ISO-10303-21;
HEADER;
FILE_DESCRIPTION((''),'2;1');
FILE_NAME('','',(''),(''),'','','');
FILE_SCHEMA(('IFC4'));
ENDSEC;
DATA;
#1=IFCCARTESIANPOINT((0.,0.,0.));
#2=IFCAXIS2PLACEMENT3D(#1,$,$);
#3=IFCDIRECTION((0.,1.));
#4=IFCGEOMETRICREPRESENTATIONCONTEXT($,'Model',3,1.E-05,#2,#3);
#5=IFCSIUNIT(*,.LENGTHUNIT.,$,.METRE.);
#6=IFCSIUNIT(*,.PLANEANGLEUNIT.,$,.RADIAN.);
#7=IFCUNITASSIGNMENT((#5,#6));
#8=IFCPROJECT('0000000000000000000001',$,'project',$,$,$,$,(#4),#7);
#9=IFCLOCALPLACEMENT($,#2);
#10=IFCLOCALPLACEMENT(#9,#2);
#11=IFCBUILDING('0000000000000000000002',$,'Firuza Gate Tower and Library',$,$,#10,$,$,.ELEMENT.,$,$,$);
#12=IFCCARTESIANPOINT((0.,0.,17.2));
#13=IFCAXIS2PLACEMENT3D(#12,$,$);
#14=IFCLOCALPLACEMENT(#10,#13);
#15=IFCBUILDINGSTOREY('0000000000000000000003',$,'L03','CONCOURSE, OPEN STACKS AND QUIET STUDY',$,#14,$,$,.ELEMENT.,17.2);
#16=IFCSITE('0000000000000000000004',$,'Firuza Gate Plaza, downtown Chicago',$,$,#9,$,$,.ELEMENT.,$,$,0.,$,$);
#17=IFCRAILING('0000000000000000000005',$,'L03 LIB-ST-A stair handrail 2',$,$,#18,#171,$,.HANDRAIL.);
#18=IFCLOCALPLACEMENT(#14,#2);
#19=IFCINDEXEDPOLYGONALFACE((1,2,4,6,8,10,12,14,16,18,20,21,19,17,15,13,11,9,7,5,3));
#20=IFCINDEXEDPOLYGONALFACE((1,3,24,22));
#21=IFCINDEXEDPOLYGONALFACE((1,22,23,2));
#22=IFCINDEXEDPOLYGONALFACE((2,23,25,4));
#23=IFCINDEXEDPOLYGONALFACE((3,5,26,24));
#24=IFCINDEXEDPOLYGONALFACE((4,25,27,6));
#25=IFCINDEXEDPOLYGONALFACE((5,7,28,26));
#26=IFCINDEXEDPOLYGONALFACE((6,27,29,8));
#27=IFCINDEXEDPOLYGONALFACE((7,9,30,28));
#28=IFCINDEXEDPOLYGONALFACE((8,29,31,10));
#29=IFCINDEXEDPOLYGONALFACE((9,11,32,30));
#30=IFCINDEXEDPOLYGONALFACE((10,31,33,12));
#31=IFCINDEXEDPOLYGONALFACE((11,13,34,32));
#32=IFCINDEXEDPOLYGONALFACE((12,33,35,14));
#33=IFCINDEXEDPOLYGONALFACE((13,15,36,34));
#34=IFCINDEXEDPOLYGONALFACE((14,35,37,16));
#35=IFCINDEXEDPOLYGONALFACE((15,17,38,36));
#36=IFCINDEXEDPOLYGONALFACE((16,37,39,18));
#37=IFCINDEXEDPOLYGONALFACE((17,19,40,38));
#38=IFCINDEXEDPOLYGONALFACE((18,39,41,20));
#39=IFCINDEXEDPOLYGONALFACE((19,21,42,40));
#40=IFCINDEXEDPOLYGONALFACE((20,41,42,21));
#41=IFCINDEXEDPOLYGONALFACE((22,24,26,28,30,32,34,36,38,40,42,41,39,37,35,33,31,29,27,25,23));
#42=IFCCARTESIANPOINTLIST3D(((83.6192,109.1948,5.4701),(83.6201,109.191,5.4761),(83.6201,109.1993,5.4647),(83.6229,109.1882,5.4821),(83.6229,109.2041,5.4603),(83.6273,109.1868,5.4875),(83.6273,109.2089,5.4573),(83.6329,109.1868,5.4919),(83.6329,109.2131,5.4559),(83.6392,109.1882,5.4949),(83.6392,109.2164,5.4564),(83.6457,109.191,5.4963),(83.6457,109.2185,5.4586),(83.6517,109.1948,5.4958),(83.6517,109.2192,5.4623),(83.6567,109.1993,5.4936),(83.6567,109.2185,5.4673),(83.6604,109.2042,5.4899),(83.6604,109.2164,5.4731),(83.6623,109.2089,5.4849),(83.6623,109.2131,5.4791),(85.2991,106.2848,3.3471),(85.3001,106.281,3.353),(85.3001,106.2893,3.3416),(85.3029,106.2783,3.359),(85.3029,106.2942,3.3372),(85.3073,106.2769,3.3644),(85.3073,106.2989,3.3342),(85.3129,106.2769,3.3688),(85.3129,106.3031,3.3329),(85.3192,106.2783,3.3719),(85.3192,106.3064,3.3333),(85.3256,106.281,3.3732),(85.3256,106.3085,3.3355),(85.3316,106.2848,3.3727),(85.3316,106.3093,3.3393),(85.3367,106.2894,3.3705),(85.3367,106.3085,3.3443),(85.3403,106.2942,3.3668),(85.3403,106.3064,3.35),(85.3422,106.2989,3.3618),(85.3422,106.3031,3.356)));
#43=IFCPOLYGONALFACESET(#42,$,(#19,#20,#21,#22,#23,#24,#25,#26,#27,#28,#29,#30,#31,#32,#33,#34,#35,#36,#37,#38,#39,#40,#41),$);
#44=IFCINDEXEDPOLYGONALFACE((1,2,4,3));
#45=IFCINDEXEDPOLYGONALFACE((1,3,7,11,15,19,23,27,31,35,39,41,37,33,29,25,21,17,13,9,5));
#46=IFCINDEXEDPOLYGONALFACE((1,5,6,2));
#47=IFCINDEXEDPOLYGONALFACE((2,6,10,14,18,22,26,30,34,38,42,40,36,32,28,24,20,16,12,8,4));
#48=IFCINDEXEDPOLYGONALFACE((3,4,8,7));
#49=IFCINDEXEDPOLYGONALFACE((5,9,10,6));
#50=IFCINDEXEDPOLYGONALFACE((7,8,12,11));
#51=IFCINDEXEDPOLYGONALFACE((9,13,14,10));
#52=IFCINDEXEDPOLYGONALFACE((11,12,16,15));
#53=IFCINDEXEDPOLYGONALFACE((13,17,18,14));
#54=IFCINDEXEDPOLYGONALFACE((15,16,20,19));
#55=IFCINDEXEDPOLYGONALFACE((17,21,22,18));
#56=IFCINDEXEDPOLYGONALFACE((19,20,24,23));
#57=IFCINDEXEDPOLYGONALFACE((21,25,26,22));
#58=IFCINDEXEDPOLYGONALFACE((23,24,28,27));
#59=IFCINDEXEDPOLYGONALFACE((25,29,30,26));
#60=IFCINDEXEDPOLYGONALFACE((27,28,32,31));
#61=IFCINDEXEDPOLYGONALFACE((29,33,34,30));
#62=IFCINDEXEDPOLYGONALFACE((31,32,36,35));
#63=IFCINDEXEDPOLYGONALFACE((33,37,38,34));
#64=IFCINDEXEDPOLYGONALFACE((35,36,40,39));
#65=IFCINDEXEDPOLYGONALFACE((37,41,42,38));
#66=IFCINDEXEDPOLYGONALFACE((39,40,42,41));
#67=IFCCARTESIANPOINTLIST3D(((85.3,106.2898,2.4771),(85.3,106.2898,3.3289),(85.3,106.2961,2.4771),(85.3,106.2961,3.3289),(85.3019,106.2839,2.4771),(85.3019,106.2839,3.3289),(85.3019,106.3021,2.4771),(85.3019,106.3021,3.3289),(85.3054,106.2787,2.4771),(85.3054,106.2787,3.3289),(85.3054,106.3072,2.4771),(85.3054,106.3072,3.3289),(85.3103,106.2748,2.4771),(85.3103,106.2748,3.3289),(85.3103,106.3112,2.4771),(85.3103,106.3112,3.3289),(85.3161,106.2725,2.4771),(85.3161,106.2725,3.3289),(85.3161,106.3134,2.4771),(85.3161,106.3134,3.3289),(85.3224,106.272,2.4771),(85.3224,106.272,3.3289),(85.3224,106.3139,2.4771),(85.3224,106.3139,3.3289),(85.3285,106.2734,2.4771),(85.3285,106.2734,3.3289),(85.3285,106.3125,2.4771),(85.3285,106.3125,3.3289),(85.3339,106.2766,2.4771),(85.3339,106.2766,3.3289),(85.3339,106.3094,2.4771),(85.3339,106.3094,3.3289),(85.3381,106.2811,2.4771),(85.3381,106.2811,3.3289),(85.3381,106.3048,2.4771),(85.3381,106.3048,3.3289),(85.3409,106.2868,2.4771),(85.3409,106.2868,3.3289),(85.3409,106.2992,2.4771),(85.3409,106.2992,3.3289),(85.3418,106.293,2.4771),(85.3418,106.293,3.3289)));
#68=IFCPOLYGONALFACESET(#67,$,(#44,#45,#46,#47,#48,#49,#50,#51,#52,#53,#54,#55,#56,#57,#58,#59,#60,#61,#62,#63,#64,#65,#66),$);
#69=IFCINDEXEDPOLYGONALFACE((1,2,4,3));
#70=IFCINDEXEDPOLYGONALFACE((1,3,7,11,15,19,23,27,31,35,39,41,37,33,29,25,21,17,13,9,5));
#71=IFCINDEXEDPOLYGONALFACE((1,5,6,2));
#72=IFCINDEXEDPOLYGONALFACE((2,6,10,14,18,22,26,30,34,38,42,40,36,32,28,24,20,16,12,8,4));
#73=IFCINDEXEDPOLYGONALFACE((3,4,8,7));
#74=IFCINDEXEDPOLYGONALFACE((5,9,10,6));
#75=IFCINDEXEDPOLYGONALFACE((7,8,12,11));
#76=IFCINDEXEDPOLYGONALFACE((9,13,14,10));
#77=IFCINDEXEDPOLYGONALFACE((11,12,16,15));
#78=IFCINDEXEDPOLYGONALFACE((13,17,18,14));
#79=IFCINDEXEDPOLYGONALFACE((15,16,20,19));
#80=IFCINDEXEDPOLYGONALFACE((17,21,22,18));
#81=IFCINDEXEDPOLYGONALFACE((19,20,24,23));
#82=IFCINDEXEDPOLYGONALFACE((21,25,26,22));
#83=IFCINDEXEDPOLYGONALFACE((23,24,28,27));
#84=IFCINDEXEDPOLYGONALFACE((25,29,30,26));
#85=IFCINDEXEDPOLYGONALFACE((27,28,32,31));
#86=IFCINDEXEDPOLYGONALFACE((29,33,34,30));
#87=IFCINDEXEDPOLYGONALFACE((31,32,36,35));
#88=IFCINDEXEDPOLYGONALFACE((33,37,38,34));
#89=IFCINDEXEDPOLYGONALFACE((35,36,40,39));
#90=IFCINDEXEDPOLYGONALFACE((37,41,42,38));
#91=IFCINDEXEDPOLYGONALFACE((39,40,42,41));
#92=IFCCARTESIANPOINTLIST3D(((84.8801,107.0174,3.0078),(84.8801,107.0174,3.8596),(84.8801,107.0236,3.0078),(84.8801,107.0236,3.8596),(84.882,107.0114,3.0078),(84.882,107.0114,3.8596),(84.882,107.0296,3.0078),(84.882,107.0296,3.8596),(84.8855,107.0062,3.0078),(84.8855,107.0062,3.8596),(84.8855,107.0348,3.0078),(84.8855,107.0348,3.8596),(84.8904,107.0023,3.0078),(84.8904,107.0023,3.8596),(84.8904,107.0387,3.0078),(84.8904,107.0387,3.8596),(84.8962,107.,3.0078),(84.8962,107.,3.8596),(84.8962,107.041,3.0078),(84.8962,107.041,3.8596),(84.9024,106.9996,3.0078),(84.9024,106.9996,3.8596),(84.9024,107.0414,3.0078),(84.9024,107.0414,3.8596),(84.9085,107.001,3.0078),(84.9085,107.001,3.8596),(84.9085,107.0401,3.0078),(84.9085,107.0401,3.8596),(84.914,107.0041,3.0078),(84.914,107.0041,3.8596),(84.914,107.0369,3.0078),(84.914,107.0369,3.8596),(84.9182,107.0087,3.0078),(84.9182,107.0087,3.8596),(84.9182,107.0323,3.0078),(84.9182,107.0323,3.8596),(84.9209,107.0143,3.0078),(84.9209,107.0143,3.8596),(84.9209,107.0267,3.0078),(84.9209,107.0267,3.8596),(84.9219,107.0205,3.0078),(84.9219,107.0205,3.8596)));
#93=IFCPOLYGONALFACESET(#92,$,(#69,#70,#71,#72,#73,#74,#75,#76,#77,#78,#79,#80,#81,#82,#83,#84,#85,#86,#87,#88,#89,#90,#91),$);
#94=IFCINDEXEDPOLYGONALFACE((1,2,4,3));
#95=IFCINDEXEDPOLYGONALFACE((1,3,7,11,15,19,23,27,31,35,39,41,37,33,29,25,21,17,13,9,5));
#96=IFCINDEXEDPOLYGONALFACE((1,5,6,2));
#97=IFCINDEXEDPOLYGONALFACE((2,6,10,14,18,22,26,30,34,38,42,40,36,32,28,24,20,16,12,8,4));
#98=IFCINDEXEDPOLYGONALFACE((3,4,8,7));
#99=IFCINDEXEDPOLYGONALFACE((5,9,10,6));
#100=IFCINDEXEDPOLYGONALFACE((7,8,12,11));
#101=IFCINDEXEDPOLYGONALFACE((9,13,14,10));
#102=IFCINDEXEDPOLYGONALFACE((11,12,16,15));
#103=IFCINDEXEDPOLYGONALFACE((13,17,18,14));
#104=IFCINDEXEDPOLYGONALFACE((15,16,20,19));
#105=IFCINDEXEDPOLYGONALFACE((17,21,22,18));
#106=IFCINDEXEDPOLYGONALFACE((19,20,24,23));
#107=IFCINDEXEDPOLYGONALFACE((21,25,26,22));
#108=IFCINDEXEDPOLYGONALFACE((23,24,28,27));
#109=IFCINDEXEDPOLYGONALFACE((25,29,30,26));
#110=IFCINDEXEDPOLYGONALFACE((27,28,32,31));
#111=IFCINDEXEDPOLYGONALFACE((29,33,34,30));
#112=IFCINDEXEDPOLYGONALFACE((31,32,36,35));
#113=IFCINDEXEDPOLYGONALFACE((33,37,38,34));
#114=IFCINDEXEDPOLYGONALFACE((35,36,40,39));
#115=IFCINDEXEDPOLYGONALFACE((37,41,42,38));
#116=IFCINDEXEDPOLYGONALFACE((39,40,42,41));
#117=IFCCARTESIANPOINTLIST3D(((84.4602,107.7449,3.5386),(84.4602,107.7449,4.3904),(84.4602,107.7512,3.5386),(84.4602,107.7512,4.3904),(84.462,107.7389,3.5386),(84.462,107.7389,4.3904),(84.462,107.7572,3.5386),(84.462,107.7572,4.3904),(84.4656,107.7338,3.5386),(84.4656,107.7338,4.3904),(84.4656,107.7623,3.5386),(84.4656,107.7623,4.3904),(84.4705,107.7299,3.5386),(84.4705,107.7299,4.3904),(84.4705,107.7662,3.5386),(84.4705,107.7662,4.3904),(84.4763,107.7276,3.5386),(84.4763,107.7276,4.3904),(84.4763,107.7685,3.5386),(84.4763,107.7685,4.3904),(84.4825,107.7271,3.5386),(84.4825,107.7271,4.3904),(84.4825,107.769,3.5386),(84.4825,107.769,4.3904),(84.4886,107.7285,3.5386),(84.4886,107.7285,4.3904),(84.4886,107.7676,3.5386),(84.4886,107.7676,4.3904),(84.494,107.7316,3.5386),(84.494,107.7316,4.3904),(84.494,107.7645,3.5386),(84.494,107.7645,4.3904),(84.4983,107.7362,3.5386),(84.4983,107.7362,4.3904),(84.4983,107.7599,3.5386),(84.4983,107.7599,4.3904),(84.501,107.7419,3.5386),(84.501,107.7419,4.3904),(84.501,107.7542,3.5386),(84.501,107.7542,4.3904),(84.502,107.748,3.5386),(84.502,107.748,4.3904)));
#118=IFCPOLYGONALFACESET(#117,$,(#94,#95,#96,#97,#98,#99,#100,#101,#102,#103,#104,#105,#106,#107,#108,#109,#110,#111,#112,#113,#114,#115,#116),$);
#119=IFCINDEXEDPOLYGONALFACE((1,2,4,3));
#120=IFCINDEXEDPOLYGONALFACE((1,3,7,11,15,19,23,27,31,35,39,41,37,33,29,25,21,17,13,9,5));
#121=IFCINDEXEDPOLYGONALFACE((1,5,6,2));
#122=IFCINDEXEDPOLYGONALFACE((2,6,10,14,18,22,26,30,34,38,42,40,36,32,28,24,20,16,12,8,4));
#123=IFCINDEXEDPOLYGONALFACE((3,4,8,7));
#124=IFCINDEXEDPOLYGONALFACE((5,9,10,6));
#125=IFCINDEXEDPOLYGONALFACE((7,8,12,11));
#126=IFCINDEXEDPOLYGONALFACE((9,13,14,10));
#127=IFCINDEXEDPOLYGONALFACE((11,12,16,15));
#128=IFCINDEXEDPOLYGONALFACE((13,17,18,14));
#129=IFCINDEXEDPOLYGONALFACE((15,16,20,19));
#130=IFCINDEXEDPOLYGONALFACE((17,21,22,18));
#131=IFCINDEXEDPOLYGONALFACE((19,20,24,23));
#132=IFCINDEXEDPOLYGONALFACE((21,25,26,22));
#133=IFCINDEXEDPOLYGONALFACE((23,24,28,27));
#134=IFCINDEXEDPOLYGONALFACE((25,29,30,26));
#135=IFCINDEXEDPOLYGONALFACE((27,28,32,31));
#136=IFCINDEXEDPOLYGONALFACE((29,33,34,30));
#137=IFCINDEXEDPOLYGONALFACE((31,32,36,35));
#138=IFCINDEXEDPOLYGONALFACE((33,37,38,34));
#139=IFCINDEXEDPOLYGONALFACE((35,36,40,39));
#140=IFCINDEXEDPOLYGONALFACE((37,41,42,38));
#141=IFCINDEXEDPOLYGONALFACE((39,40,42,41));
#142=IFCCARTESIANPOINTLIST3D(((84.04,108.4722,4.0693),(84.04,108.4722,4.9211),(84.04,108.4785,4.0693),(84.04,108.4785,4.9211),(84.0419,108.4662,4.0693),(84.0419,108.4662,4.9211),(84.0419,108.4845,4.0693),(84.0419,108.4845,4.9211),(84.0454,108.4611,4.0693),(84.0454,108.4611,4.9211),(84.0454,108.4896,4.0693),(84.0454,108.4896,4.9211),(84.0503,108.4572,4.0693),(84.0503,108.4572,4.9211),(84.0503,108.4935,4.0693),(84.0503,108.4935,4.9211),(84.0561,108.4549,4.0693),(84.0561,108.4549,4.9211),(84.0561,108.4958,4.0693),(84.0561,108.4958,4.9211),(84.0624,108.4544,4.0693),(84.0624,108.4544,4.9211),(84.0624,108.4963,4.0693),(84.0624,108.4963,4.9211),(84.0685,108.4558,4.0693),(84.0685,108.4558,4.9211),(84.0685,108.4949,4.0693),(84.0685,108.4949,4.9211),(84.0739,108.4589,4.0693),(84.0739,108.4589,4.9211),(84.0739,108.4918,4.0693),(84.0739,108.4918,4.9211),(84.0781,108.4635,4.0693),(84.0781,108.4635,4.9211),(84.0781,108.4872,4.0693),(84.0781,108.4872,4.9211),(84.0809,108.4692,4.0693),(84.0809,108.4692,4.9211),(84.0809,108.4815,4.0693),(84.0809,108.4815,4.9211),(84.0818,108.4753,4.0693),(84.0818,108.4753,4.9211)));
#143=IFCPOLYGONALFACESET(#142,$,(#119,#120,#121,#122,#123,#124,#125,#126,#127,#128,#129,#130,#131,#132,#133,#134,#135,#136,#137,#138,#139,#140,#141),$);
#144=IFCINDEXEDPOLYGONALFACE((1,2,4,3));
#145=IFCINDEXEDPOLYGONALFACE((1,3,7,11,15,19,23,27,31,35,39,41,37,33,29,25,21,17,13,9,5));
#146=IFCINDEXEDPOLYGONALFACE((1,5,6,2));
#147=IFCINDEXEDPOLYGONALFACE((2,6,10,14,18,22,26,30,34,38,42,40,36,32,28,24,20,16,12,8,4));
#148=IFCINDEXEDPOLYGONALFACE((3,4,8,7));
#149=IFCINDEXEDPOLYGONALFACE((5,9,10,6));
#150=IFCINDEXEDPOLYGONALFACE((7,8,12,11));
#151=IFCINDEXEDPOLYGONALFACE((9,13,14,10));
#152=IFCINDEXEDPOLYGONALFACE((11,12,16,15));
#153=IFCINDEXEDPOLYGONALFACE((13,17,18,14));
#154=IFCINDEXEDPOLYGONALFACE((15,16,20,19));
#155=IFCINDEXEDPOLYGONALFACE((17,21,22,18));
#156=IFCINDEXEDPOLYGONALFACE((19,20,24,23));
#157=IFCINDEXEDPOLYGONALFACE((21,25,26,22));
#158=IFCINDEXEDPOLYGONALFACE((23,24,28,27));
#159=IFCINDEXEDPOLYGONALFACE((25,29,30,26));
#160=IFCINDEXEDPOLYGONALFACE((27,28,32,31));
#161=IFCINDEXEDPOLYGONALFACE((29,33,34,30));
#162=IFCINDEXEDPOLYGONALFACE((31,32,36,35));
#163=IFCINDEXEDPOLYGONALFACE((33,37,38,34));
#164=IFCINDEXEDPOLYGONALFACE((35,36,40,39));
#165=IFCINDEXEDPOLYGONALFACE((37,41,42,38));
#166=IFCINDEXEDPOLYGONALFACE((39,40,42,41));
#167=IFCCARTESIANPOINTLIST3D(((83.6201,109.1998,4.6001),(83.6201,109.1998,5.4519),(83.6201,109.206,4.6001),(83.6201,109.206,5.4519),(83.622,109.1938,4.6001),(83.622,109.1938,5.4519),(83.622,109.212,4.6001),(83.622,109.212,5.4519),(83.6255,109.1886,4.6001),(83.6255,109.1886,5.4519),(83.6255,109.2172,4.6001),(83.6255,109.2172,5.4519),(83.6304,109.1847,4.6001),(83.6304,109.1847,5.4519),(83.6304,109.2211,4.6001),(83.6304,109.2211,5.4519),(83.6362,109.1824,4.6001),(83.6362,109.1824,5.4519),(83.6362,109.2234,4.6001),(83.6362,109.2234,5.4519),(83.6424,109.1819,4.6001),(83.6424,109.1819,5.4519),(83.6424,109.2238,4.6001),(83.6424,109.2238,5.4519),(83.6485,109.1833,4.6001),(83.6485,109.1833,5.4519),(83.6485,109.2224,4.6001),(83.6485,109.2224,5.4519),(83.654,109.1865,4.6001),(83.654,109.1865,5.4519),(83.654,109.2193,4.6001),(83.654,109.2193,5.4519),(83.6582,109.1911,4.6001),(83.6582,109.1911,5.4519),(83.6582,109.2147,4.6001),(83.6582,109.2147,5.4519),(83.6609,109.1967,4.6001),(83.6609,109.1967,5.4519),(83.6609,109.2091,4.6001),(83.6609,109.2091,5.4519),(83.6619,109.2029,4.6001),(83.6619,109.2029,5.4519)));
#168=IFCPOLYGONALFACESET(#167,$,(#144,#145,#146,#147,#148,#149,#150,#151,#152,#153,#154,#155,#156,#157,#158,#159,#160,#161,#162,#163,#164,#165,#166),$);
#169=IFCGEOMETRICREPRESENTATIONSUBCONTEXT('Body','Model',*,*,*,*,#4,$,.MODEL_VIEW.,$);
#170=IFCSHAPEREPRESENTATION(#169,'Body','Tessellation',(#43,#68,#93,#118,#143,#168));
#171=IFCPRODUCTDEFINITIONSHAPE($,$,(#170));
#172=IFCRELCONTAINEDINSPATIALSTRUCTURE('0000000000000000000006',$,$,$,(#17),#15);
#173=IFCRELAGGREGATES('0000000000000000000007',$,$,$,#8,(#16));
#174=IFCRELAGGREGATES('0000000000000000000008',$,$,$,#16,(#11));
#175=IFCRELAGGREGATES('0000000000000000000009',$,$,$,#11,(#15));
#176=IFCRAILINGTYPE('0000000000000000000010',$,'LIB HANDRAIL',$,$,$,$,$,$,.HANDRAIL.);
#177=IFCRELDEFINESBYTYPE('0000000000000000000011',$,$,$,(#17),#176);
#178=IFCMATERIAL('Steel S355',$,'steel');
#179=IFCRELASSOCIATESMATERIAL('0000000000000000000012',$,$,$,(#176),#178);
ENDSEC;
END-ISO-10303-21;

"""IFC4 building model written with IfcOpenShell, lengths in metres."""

from ifc_helpers import new_model, si_unit, direction, frame, origin, origin_2d, place, context, subcontext, project, spatial, circle, extrude, material, type_object, element, save


model = new_model("IFC4")

# Units and contexts
model_context = context("Model", 3, precision=1e-05, world=origin(), true_north=direction((0.0, 1.0)))
body_context = subcontext(model_context, "Body", "Model", "MODEL_VIEW")
ifc_project = project(units=[si_unit("LENGTHUNIT", "METRE"), si_unit("PLANEANGLEUNIT", "RADIAN")], contexts=[model_context])

# Site, building, storey
site_placement = place(None, origin())
site = spatial("IfcSite", under=ifc_project, at=site_placement, Name="Firuza Gate Plaza, downtown Chicago", CompositionType="ELEMENT", RefElevation=0.0)
building_placement = place(site_placement, origin())
building = spatial("IfcBuilding", under=site, at=building_placement, Name="Firuza Gate Tower and Library", CompositionType="ELEMENT")
storey_placement = place(building_placement, frame((0.0, 0.0, 17.2)))
storey = spatial("IfcBuildingStorey", under=building, at=storey_placement, Name="L03", Description="CONCOURSE, OPEN STACKS AND QUIET STUDY", CompositionType="ELEMENT", Elevation=17.2)

# Railing
ifc_material_1 = material(Name="Steel S355", Category="steel")
railing_type_1 = type_object("IfcRailingType", Name="LIB HANDRAIL", PredefinedType="HANDRAIL", material=ifc_material_1)
railing_1_placement = place(storey_placement, frame((85.3208, 106.293, 2.4771)))
element("IfcRailing", 1, at=railing_1_placement, inside=storey, type_object=railing_type_1, Name="L03 LIB-ST-A stair handrail 2", PredefinedType="HANDRAIL", context=body_context, shape_type="SweptSolid", body=[
    extrude(circle(Radius=0.0239, at=origin_2d()), frame((0.0, 0.0, 0.876), z_axis=(-0.422672, 0.732135, 0.53416), x_axis=(-0.866039, -0.499976, 0.0)), (0.0, 0.0, 1.0), 3.9746),
    extrude(circle(Radius=0.021, at=origin_2d()), origin(), (0.0, 0.0, 1.0), 0.8518),
    extrude(circle(Radius=0.021, at=origin_2d()), frame((-0.4199, 0.7275, 0.5308)), (0.0, 0.0, 1.0), 0.8518),
    extrude(circle(Radius=0.021, at=origin_2d()), frame((-0.8398, 1.4551, 1.0615)), (0.0, 0.0, 1.0), 0.8518),
    extrude(circle(Radius=0.021, at=origin_2d()), frame((-1.26, 2.1824, 1.5923)), (0.0, 0.0, 1.0), 0.8518),
    extrude(circle(Radius=0.021, at=origin_2d()), frame((-1.6799, 2.9099, 2.123)), (0.0, 0.0, 1.0), 0.8518),
])

save(model, "model.ifc")
